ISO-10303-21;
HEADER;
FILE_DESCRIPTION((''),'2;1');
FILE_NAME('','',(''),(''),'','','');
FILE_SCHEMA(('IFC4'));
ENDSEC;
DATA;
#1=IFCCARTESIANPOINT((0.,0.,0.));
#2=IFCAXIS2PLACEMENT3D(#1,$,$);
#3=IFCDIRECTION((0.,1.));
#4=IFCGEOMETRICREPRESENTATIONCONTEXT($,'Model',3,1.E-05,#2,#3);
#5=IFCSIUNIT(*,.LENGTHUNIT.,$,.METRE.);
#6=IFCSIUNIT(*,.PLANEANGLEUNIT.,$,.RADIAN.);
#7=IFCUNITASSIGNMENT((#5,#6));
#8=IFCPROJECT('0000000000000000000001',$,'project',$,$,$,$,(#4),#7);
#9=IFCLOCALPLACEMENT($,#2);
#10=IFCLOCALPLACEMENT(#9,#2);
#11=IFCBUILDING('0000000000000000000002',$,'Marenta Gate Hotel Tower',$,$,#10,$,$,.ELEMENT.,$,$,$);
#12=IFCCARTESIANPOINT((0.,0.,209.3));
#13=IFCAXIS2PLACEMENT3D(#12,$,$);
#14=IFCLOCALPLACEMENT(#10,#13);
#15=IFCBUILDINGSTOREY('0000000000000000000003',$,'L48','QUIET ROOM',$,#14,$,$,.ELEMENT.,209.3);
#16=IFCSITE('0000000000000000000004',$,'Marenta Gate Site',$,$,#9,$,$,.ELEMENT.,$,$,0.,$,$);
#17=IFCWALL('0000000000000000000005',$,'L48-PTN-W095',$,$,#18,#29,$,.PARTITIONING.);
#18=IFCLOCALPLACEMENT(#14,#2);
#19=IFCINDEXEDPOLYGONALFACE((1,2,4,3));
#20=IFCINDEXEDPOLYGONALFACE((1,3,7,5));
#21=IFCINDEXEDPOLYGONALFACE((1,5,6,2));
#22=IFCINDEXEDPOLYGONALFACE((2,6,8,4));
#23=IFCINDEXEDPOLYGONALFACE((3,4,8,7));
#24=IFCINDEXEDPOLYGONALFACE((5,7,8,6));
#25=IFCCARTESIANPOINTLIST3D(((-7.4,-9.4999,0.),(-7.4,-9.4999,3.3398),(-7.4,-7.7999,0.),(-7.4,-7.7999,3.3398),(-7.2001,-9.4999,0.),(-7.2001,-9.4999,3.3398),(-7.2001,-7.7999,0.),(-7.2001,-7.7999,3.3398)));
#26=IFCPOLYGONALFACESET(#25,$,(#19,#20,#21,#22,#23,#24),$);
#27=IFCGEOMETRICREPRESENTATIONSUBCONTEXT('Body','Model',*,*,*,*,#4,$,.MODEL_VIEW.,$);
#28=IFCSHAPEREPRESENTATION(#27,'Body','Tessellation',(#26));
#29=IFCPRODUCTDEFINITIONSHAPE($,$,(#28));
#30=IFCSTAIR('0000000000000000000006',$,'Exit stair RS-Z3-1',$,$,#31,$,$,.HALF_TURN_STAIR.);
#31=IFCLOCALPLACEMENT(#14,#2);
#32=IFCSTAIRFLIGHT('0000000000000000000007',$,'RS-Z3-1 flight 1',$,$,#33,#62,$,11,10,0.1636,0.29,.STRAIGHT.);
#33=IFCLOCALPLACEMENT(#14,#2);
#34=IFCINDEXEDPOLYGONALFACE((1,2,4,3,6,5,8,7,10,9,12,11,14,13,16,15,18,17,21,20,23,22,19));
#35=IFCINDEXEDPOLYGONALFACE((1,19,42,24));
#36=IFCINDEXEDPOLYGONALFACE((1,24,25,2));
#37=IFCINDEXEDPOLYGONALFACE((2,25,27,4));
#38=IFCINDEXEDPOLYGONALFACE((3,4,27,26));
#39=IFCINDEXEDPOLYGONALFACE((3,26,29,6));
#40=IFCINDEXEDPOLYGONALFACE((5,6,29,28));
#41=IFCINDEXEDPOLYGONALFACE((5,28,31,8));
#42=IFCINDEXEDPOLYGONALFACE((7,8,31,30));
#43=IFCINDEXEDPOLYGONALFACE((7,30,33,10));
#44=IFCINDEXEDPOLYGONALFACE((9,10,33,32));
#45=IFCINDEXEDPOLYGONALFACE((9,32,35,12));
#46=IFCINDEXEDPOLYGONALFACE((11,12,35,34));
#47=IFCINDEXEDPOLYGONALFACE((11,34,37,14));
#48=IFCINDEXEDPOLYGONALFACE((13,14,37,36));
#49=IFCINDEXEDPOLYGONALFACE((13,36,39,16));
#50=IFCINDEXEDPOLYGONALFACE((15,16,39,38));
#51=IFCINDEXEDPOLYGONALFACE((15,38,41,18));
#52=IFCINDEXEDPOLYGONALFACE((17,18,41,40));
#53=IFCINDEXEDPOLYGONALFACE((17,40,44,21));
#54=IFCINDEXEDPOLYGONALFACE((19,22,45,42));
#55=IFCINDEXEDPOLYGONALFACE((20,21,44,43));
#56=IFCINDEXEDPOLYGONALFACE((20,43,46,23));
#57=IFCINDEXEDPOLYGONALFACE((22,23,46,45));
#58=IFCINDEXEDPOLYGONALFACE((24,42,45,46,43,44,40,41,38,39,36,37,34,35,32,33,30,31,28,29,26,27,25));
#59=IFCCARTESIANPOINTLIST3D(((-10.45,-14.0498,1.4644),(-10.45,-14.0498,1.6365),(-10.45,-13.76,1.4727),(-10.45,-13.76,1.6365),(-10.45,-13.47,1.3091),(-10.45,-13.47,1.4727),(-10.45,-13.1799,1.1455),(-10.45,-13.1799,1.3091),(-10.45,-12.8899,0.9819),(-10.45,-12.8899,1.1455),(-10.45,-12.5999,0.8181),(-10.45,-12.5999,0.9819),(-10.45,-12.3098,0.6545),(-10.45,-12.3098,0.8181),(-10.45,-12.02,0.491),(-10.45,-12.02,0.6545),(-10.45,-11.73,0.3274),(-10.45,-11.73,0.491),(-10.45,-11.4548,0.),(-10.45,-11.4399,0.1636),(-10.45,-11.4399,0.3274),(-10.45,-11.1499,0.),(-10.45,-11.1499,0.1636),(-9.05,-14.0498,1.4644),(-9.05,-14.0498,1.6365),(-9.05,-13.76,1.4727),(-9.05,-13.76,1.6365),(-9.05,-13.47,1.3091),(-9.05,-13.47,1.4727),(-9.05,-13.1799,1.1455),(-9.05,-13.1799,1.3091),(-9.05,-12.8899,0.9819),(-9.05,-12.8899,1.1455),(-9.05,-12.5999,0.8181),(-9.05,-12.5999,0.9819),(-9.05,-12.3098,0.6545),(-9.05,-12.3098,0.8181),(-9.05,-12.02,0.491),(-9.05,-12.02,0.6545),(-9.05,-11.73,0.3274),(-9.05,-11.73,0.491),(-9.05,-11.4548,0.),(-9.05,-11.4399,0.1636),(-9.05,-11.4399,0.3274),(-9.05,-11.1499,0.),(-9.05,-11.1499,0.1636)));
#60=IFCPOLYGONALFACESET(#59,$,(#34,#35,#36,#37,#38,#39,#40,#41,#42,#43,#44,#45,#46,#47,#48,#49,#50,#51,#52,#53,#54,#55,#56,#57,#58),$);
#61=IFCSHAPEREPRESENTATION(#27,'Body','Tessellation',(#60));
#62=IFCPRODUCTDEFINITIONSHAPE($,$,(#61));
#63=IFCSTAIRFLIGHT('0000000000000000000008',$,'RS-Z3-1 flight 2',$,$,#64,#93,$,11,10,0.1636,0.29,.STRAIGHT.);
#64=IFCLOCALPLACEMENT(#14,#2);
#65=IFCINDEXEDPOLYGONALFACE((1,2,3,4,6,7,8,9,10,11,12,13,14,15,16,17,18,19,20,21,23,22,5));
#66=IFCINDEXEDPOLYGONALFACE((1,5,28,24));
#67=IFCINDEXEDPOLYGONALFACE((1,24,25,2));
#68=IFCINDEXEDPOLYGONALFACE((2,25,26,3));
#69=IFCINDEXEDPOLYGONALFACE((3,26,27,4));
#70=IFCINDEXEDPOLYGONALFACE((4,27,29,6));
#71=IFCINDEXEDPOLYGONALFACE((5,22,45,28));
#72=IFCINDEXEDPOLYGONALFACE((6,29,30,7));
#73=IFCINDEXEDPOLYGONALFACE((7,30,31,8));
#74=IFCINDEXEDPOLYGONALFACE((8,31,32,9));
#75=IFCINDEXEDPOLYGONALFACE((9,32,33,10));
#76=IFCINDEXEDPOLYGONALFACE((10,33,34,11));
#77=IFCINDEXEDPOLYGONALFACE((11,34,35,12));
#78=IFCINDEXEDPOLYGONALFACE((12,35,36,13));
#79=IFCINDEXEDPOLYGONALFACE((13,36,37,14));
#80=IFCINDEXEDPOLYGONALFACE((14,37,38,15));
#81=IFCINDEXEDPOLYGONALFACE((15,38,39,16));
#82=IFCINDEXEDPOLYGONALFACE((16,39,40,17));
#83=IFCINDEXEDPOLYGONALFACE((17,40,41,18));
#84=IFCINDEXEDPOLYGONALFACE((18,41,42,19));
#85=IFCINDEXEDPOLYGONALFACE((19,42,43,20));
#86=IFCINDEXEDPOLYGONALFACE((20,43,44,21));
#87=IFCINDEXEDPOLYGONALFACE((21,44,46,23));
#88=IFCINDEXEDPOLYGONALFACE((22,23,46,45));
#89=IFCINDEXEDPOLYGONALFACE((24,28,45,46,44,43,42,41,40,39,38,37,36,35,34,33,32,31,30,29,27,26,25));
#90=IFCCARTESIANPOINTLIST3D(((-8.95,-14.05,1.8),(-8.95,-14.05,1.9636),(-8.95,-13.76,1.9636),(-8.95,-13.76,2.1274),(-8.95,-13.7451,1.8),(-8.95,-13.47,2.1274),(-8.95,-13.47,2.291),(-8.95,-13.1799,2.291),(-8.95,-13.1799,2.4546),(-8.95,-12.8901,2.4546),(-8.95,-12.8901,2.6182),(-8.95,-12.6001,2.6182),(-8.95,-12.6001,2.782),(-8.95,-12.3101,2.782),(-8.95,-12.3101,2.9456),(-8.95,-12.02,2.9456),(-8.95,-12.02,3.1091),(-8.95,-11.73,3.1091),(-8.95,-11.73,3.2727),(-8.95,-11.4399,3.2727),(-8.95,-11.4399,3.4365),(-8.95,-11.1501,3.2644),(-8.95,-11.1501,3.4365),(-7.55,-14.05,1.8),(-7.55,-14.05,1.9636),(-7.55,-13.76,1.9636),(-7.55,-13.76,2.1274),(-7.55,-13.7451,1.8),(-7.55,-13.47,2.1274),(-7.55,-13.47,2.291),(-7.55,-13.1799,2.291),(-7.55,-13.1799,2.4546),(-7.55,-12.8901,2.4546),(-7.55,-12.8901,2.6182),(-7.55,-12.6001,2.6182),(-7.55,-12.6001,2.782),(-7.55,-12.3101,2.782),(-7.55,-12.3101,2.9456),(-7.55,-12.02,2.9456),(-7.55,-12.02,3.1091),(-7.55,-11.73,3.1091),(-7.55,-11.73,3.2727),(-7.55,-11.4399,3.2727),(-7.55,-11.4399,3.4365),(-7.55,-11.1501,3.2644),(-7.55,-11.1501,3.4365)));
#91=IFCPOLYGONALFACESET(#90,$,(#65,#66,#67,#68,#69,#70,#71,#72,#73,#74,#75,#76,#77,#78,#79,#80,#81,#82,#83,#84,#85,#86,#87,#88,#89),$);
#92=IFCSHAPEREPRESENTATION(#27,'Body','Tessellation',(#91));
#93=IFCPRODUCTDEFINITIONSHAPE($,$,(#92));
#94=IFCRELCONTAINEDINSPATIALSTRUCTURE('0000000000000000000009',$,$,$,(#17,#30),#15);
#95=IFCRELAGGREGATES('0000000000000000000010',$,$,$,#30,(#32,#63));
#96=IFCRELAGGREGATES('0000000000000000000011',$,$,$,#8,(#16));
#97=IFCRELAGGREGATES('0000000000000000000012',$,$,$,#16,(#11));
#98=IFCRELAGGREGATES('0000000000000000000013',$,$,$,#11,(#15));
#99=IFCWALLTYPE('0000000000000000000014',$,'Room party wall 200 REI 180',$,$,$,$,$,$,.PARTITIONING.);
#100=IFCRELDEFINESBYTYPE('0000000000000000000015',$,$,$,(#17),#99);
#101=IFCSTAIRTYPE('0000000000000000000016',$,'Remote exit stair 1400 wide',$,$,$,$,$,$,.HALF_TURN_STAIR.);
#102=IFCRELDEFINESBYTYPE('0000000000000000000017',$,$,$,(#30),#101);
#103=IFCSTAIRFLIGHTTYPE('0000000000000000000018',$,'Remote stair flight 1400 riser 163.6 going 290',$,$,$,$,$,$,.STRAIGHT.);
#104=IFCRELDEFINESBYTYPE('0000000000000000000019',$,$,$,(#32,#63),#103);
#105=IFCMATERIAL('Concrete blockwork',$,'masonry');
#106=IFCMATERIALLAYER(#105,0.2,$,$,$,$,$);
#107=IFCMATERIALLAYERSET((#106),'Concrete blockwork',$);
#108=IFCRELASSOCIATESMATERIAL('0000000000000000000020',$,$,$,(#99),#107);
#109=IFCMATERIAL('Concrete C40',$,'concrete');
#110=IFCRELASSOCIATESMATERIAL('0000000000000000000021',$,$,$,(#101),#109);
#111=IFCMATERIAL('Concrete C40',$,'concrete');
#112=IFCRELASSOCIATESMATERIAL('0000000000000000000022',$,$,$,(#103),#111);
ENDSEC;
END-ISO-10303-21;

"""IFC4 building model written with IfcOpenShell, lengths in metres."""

from ifc_helpers import new_model, si_unit, direction, frame, frame_2d, origin, place, context, subcontext, project, spatial, polyline, rectangle, outline, extrude, material, layer, layer_set, type_object, element, aggregate, save


model = new_model("IFC4")

# Units and contexts
model_context = context("Model", 3, precision=1e-05, world=origin(), true_north=direction((0.0, 1.0)))
body_context = subcontext(model_context, "Body", "Model", "MODEL_VIEW")
ifc_project = project(units=[si_unit("LENGTHUNIT", "METRE"), si_unit("PLANEANGLEUNIT", "RADIAN")], contexts=[model_context])

# Site, building, storey
site_placement = place(None, origin())
site = spatial("IfcSite", under=ifc_project, at=site_placement, Name="Marenta Gate Site", CompositionType="ELEMENT", RefElevation=0.0)
building_placement = place(site_placement, origin())
building = spatial("IfcBuilding", under=site, at=building_placement, Name="Marenta Gate Hotel Tower", CompositionType="ELEMENT")
storey_placement = place(building_placement, frame((0.0, 0.0, 209.3)))
storey = spatial("IfcBuildingStorey", under=building, at=storey_placement, Name="L48", Description="QUIET ROOM", CompositionType="ELEMENT", Elevation=209.3)

# Wall
ifc_material_1 = material(Name="Concrete blockwork", Category="masonry")
ifc_layer_1 = layer(ifc_material_1, 0.2)
ifc_layer_set_1 = layer_set([ifc_layer_1], Name="Concrete blockwork")
wall_type_1 = type_object("IfcWallType", Name="Room party wall 200 REI 180", PredefinedType="PARTITIONING", material=ifc_layer_set_1)
wall_1_placement = place(storey_placement, frame((-7.3, -9.5, 0.0), z_axis=(0.0, 0.0, 1.0), x_axis=(0.0, 1.0, 0.0)))
element("IfcWall", 1, at=wall_1_placement, inside=storey, type_object=wall_type_1, Name="L48-PTN-W095", PredefinedType="PARTITIONING", context=body_context, shape_type="SweptSolid", body=[
    extrude(rectangle(XDim=1.7, YDim=0.2, at=frame_2d((0.8501, 0.0))), origin(), (0.0, 0.0, 1.0), 3.3398),
])

# Stair, stair flights
ifc_material_2 = material(Name="Concrete C40", Category="concrete")
stair_type = type_object("IfcStairType", Name="Remote exit stair 1400 wide", PredefinedType="HALF_TURN_STAIR", material=ifc_material_2)
stair_placement = place(storey_placement, origin())
stair = element("IfcStair", 2, at=stair_placement, inside=storey, type_object=stair_type, Name="Exit stair RS-Z3-1", PredefinedType="HALF_TURN_STAIR")
ifc_material_3 = material(Name="Concrete C40", Category="concrete")
stair_flight_type = type_object("IfcStairFlightType", Name="Remote stair flight 1400 riser 163.6 going 290", PredefinedType="STRAIGHT", material=ifc_material_3)
stair_flight_1_placement = place(storey_placement, frame((-9.75, -11.1499, 0.0), z_axis=(0.0, 0.0, 1.0), x_axis=(0.0, -1.0, 0.0)))
stair_flight_1 = element("IfcStairFlight", 3, at=stair_flight_1_placement, type_object=stair_flight_type, Name="RS-Z3-1 flight 1", NumberOfRisers=11, NumberOfTreads=10, PredefinedType="STRAIGHT", RiserHeight=0.1636, TreadLength=0.29, context=body_context, shape_type="SweptSolid", body=[
    extrude(outline(polyline([(0.0, 0.0), (0.0, 0.1636), (0.29, 0.1636), (0.29, 0.3274), (0.5801, 0.3274), (0.5801, 0.491), (0.8701, 0.491), (0.8701, 0.6545), (1.1599, 0.6545), (1.1599, 0.8181), (1.45, 0.8181), (1.45, 0.9819), (1.74, 0.9819), (1.74, 1.1455), (2.03, 1.1455), (2.03, 1.3091), (2.3201, 1.3091), (2.3201, 1.4727), (2.6101, 1.4727), (2.6101, 1.6365), (2.8999, 1.6365), (2.8999, 1.8), (2.8999, 1.4644), (0.3049, 0.0), (0.0, 0.0)])), frame((0.0, 0.7, 0.0), z_axis=(0.0, -1.0, 0.0), x_axis=(1.0, 0.0, 0.0)), (0.0, 0.0, 1.0), 1.3999),
])
stair_flight_2_placement = place(storey_placement, frame((-8.25, -14.05, 1.8), z_axis=(0.0, 0.0, 1.0), x_axis=(0.0, 1.0, 0.0)))
stair_flight_2 = element("IfcStairFlight", 4, at=stair_flight_2_placement, type_object=stair_flight_type, Name="RS-Z3-1 flight 2", NumberOfRisers=11, NumberOfTreads=10, PredefinedType="STRAIGHT", RiserHeight=0.1636, TreadLength=0.29, context=body_context, shape_type="SweptSolid", body=[
    extrude(outline(polyline([(0.0, 0.0), (0.0, 0.1636), (0.29, 0.1636), (0.29, 0.3274), (0.5801, 0.3274), (0.5801, 0.491), (0.8701, 0.491), (0.8701, 0.6545), (1.1599, 0.6545), (1.1599, 0.8181), (1.45, 0.8181), (1.45, 0.9819), (1.74, 0.9819), (1.74, 1.1455), (2.03, 1.1455), (2.03, 1.3091), (2.3201, 1.3091), (2.3201, 1.4727), (2.6101, 1.4727), (2.6101, 1.6365), (2.8999, 1.6365), (2.8999, 1.8), (2.8999, 1.4644), (0.3049, 0.0), (0.0, 0.0)])), frame((0.0, 0.7, 0.0), z_axis=(0.0, -1.0, 0.0), x_axis=(1.0, 0.0, 0.0)), (0.0, 0.0, 1.0), 1.3999),
])
aggregate(stair, [stair_flight_1, stair_flight_2])

save(model, "model.ifc")
